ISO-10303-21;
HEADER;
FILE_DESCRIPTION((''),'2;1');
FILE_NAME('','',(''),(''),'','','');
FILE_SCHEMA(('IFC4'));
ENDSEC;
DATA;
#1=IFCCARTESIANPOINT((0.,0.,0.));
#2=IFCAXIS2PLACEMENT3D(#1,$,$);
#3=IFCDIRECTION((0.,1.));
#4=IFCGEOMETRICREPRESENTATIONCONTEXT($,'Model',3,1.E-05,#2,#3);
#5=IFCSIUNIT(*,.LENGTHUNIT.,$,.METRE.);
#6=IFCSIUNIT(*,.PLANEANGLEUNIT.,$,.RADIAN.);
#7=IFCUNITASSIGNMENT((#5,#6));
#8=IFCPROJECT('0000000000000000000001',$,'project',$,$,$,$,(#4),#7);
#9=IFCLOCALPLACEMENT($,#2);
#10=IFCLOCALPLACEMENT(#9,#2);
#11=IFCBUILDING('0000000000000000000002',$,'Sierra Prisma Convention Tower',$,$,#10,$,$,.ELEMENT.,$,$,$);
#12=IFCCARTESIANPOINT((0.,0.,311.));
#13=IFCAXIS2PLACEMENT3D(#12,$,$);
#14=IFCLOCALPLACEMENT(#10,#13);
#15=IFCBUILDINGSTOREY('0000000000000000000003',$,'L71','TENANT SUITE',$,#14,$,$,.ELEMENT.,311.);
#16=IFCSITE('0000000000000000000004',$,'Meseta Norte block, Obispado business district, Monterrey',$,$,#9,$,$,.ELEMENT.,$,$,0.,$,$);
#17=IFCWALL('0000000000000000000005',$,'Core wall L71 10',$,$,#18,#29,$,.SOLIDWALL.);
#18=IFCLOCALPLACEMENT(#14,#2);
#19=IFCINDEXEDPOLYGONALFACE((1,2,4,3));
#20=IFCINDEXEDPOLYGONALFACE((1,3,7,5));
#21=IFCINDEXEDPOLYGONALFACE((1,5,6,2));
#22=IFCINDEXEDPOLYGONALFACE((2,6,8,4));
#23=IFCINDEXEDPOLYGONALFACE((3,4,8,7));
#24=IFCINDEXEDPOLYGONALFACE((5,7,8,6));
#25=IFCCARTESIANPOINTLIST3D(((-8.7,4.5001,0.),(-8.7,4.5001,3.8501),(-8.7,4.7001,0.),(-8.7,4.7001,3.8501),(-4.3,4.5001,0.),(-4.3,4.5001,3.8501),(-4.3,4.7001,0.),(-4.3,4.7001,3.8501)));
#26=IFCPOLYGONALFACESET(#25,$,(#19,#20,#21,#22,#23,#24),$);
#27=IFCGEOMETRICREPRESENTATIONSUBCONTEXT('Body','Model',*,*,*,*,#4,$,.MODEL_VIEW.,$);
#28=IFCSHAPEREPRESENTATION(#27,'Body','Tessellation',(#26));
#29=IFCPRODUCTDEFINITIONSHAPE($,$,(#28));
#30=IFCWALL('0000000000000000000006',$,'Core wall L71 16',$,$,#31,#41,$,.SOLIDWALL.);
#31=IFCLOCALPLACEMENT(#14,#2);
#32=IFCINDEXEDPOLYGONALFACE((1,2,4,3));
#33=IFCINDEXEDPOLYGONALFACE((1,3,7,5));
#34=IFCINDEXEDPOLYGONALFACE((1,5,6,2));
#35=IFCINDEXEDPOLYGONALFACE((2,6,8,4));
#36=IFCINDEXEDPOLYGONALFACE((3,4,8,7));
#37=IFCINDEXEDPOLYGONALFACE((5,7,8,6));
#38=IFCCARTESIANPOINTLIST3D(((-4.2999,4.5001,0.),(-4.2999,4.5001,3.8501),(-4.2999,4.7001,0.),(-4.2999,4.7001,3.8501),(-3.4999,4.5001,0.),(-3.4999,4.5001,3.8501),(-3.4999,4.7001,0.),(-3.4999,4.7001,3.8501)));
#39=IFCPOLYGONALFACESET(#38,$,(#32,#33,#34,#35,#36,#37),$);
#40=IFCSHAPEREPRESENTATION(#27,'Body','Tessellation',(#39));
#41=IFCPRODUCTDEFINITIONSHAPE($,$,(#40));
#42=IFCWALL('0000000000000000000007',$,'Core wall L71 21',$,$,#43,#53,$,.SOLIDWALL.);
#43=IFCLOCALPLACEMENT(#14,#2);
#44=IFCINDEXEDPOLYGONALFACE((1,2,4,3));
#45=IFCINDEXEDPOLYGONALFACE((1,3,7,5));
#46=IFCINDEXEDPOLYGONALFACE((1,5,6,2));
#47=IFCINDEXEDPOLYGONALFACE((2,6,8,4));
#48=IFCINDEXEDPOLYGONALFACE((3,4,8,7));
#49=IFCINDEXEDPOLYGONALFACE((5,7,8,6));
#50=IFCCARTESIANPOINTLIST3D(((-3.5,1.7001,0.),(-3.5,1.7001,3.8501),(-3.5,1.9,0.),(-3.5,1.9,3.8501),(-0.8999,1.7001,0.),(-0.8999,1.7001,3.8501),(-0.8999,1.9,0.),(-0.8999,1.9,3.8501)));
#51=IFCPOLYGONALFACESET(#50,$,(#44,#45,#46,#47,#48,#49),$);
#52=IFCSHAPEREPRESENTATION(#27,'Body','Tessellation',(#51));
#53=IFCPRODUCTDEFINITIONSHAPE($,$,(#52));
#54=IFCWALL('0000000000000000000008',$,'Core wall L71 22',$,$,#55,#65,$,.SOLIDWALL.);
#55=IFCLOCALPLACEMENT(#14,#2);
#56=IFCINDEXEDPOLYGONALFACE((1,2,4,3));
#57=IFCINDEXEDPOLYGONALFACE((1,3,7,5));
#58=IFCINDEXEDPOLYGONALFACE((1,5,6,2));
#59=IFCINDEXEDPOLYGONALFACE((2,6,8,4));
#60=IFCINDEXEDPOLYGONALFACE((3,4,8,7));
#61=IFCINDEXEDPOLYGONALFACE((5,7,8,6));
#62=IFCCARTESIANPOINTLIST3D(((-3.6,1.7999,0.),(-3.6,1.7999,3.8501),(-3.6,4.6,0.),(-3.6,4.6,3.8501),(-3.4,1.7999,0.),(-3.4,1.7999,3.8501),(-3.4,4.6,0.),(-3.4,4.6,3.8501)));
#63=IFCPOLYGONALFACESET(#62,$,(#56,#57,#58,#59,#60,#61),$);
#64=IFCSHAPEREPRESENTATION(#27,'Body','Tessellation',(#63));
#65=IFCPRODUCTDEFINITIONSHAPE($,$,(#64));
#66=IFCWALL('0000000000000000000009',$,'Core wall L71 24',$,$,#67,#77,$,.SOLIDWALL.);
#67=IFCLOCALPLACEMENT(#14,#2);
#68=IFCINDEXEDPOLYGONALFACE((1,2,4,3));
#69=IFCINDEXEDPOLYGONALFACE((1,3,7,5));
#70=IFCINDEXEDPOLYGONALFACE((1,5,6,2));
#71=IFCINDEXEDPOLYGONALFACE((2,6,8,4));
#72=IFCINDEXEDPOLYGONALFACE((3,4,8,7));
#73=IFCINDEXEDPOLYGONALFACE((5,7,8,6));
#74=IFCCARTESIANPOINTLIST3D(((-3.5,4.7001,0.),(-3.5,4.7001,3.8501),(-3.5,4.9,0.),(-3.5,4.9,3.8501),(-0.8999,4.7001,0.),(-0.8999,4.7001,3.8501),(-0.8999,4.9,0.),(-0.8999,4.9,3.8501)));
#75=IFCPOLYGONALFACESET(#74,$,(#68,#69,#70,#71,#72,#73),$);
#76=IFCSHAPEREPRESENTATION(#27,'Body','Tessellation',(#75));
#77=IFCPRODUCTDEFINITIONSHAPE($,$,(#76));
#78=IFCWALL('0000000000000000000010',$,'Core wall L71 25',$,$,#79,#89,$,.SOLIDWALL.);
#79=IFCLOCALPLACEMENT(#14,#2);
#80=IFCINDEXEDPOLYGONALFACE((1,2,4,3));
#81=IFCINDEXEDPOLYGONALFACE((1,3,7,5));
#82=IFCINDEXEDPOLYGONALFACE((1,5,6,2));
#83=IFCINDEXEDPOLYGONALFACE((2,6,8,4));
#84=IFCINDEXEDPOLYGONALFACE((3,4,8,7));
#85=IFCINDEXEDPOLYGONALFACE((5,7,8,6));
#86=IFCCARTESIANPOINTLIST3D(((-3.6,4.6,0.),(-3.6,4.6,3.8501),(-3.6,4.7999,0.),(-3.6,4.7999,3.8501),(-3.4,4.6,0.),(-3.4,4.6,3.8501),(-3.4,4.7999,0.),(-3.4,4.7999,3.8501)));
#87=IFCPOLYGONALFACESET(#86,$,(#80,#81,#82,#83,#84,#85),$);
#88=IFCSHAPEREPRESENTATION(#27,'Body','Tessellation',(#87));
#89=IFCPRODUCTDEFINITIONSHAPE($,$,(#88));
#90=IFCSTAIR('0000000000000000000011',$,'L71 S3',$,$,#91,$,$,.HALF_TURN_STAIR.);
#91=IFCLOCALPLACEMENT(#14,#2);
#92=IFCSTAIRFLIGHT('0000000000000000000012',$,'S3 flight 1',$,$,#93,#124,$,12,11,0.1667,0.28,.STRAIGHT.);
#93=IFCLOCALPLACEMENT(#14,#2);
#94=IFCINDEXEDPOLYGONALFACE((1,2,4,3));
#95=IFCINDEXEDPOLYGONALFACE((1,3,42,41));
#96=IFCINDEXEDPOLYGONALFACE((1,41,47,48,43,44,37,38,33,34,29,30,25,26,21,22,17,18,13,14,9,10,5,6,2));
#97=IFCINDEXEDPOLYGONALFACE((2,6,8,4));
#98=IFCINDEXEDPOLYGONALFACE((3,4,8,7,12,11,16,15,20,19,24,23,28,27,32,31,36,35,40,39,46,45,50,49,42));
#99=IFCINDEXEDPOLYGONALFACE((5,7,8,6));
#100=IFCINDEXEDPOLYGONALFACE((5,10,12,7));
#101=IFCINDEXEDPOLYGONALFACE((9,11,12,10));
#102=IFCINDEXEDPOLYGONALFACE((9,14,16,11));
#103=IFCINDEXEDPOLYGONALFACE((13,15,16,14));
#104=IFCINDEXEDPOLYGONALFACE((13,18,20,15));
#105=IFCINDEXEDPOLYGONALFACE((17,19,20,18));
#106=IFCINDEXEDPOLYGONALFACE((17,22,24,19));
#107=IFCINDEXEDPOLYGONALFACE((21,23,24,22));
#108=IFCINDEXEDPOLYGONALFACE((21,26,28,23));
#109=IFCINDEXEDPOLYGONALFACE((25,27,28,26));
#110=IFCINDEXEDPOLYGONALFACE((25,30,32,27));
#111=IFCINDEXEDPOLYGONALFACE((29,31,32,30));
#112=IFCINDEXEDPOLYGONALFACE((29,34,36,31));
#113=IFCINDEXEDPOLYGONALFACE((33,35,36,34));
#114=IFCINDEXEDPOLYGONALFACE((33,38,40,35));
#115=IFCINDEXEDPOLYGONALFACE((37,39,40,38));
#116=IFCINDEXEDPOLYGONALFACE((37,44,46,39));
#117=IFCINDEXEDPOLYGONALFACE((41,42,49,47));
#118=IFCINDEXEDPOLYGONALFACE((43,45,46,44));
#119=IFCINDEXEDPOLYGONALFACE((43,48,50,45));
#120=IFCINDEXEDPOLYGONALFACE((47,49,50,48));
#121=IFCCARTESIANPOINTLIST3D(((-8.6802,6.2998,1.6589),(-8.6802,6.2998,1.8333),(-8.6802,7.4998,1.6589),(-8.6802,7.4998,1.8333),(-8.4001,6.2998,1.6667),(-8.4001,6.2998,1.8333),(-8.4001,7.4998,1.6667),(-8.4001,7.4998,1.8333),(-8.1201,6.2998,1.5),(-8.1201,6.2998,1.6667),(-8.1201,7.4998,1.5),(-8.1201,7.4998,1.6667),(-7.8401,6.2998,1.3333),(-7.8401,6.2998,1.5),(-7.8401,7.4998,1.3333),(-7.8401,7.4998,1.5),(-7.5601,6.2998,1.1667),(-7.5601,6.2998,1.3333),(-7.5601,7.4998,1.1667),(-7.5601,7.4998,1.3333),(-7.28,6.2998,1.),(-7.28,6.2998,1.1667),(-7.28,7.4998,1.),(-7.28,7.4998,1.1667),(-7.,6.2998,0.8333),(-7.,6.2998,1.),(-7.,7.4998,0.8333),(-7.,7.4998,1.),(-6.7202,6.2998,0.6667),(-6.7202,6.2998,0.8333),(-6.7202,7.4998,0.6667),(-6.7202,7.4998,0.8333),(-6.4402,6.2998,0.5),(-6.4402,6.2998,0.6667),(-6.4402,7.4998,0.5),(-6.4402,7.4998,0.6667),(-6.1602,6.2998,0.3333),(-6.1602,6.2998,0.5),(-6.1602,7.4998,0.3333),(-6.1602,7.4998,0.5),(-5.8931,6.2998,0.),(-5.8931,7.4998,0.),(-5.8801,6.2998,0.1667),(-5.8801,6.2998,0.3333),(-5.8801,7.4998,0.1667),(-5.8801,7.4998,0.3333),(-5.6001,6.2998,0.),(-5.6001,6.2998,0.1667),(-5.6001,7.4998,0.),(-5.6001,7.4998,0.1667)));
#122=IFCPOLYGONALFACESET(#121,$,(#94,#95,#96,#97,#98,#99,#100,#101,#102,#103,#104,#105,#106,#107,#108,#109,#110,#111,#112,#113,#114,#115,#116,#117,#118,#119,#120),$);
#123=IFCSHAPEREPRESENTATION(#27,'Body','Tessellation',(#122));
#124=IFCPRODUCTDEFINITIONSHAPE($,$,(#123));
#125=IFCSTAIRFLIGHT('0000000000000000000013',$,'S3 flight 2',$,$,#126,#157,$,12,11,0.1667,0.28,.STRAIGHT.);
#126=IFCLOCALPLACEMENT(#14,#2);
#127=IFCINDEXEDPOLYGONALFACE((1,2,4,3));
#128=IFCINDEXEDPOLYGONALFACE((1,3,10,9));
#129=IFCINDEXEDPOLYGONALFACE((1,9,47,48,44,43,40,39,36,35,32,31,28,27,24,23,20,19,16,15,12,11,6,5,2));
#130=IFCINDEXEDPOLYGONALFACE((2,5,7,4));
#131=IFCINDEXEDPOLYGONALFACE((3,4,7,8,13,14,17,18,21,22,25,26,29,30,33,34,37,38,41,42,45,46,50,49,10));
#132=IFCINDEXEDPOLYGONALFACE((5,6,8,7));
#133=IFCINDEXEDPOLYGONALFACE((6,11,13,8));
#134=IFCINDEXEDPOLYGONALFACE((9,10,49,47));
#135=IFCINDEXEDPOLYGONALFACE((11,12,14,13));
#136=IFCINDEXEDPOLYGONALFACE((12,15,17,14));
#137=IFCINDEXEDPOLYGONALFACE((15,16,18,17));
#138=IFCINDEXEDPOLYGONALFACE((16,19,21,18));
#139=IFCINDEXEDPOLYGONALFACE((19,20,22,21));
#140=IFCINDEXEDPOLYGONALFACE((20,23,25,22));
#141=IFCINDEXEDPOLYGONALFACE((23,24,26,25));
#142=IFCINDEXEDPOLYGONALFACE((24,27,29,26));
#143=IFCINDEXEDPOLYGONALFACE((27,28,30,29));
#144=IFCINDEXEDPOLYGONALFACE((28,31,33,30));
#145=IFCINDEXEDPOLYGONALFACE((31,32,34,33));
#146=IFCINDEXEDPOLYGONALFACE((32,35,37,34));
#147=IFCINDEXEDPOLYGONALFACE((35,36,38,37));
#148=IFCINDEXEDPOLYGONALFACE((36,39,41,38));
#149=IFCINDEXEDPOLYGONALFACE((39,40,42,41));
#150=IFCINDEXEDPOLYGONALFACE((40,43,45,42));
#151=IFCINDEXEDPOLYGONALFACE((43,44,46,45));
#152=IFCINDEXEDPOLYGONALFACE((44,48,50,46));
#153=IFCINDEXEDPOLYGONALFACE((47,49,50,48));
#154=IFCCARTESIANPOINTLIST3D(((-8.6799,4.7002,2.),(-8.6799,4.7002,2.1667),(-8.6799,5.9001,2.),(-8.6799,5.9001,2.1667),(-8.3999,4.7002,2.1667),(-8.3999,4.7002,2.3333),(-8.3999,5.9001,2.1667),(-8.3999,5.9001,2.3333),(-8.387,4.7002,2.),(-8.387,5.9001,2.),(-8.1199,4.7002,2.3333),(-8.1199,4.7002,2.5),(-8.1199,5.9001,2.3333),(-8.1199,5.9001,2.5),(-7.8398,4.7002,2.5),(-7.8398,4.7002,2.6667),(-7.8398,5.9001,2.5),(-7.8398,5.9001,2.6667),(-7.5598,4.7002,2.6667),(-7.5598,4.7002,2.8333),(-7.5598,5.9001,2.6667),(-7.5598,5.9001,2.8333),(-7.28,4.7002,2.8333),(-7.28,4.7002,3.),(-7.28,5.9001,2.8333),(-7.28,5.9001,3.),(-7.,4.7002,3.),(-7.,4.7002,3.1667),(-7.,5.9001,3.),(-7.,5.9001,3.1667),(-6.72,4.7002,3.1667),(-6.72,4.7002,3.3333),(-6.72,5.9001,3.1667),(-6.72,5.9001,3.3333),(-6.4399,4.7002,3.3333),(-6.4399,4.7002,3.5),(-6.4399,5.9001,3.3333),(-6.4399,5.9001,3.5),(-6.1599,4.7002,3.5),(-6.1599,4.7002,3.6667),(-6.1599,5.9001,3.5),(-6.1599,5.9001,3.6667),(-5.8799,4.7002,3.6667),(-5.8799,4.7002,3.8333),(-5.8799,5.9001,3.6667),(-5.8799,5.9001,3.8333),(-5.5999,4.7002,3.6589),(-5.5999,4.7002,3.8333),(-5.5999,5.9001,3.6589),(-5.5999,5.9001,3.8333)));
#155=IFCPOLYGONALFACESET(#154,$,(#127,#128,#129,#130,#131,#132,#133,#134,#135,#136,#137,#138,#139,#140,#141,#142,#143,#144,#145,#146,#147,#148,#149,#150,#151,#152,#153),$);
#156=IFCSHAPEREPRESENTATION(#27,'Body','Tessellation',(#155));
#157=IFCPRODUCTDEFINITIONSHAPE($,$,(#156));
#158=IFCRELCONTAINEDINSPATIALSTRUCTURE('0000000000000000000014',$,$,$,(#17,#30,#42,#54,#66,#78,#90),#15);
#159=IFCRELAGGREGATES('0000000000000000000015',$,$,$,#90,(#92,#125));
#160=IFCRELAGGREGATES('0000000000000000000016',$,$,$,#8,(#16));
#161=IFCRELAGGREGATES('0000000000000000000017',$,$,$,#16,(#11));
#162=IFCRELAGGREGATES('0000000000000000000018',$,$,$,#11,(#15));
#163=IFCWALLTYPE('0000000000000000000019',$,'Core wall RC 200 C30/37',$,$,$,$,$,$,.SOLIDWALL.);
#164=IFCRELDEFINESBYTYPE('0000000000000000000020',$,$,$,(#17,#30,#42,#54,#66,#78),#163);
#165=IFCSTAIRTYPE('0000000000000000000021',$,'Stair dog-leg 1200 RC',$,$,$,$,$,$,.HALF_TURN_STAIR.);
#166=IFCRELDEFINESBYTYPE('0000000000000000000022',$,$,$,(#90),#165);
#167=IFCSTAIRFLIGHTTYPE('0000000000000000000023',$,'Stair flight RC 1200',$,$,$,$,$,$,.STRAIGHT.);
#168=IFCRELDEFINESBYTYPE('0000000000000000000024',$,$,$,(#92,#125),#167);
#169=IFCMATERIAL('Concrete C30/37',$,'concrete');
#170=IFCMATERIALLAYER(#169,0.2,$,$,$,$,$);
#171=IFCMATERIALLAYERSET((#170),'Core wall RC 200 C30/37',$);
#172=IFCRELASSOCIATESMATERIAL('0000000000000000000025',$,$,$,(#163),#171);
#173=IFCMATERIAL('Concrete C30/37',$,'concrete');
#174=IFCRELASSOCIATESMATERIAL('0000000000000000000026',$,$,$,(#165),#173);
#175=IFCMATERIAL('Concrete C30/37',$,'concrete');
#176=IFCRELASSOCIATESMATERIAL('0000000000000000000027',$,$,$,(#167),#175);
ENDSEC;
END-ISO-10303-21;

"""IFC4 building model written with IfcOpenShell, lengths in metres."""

from ifc_helpers import new_model, si_unit, direction, frame, frame_2d, origin, place, context, subcontext, project, spatial, polyline, rectangle, outline, extrude, material, layer, layer_set, type_object, element, aggregate, save


model = new_model("IFC4")

# Units and contexts
model_context = context("Model", 3, precision=1e-05, world=origin(), true_north=direction((0.0, 1.0)))
body_context = subcontext(model_context, "Body", "Model", "MODEL_VIEW")
ifc_project = project(units=[si_unit("LENGTHUNIT", "METRE"), si_unit("PLANEANGLEUNIT", "RADIAN")], contexts=[model_context])

# Site, building, storey
site_placement = place(None, origin())
site = spatial("IfcSite", under=ifc_project, at=site_placement, Name="Meseta Norte block, Obispado business district, Monterrey", CompositionType="ELEMENT", RefElevation=0.0)
building_placement = place(site_placement, origin())
building = spatial("IfcBuilding", under=site, at=building_placement, Name="Sierra Prisma Convention Tower", CompositionType="ELEMENT")
storey_placement = place(building_placement, frame((0.0, 0.0, 311.0)))
storey = spatial("IfcBuildingStorey", under=building, at=storey_placement, Name="L71", Description="TENANT SUITE", CompositionType="ELEMENT", Elevation=311.0)

# Wall
ifc_material_1 = material(Name="Concrete C30/37", Category="concrete")
ifc_layer_1 = layer(ifc_material_1, 0.2)
ifc_layer_set_1 = layer_set([ifc_layer_1], Name="Core wall RC 200 C30/37")
wall_type = type_object("IfcWallType", Name="Core wall RC 200 C30/37", PredefinedType="SOLIDWALL", material=ifc_layer_set_1)
wall_1_placement = place(storey_placement, frame((-4.3, 4.6001, 0.0), z_axis=(0.0, 0.0, 1.0), x_axis=(-1.0, 0.0, 0.0)))
element("IfcWall", 1, at=wall_1_placement, inside=storey, type_object=wall_type, Name="Core wall L71 10", PredefinedType="SOLIDWALL", context=body_context, shape_type="SweptSolid", body=[
    extrude(rectangle(XDim=4.3999, YDim=0.2, at=frame_2d((2.2, 0.0))), origin(), (0.0, 0.0, 1.0), 3.8501),
])

# Wall
wall_2_placement = place(storey_placement, frame((-3.5, 4.6001, 0.0), z_axis=(0.0, 0.0, 1.0), x_axis=(-1.0, 0.0, 0.0)))
element("IfcWall", 2, at=wall_2_placement, inside=storey, type_object=wall_type, Name="Core wall L71 16", PredefinedType="SOLIDWALL", context=body_context, shape_type="SweptSolid", body=[
    extrude(rectangle(XDim=0.8, YDim=0.2, at=frame_2d((0.3999, 0.0))), origin(), (0.0, 0.0, 1.0), 3.8501),
])

# Walls
wall_3_placement = place(storey_placement, frame((-0.8999, 1.8, 0.0), z_axis=(0.0, 0.0, 1.0), x_axis=(-1.0, 0.0, 0.0)))
element("IfcWall", 3, at=wall_3_placement, inside=storey, type_object=wall_type, Name="Core wall L71 21", PredefinedType="SOLIDWALL", context=body_context, shape_type="SweptSolid", body=[
    extrude(rectangle(XDim=2.6001, YDim=0.2, at=frame_2d((1.3, 0.0))), origin(), (0.0, 0.0, 1.0), 3.8501),
])
wall_4_placement = place(storey_placement, frame((-3.5, 1.8, 0.0), z_axis=(0.0, 0.0, 1.0), x_axis=(0.0, 1.0, 0.0)))
element("IfcWall", 4, at=wall_4_placement, inside=storey, type_object=wall_type, Name="Core wall L71 22", PredefinedType="SOLIDWALL", context=body_context, shape_type="SweptSolid", body=[
    extrude(rectangle(XDim=2.8, YDim=0.2, at=frame_2d((1.3999, 0.0))), origin(), (0.0, 0.0, 1.0), 3.8501),
])

# Walls
wall_5_placement = place(storey_placement, frame((-0.8999, 4.8, 0.0), z_axis=(0.0, 0.0, 1.0), x_axis=(-1.0, 0.0, 0.0)))
element("IfcWall", 5, at=wall_5_placement, inside=storey, type_object=wall_type, Name="Core wall L71 24", PredefinedType="SOLIDWALL", context=body_context, shape_type="SweptSolid", body=[
    extrude(rectangle(XDim=2.6001, YDim=0.2, at=frame_2d((1.3, 0.0))), origin(), (0.0, 0.0, 1.0), 3.8501),
])
wall_6_placement = place(storey_placement, frame((-3.5, 4.8, 0.0), z_axis=(0.0, 0.0, 1.0), x_axis=(0.0, -1.0, 0.0)))
element("IfcWall", 6, at=wall_6_placement, inside=storey, type_object=wall_type, Name="Core wall L71 25", PredefinedType="SOLIDWALL", context=body_context, shape_type="SweptSolid", body=[
    extrude(rectangle(XDim=0.2, YDim=0.2, at=frame_2d((0.1001, 0.0))), origin(), (0.0, 0.0, 1.0), 3.8501),
])

# Stair, stair flights
ifc_material_2 = material(Name="Concrete C30/37", Category="concrete")
stair_type = type_object("IfcStairType", Name="Stair dog-leg 1200 RC", PredefinedType="HALF_TURN_STAIR", material=ifc_material_2)
stair_placement = place(storey_placement, origin())
stair = element("IfcStair", 7, at=stair_placement, inside=storey, type_object=stair_type, Name="L71 S3", PredefinedType="HALF_TURN_STAIR")
ifc_material_3 = material(Name="Concrete C30/37", Category="concrete")
stair_flight_type = type_object("IfcStairFlightType", Name="Stair flight RC 1200", PredefinedType="STRAIGHT", material=ifc_material_3)
stair_flight_1_placement = place(storey_placement, frame((-5.6001, 6.8999, 0.0), z_axis=(0.0, 0.0, 1.0), x_axis=(-1.0, 0.0, 0.0)))
stair_flight_1 = element("IfcStairFlight", 8, at=stair_flight_1_placement, type_object=stair_flight_type, Name="S3 flight 1", NumberOfRisers=12, NumberOfTreads=11, PredefinedType="STRAIGHT", RiserHeight=0.1667, TreadLength=0.28, context=body_context, shape_type="SweptSolid", body=[
    extrude(outline(polyline([(0.0, 0.0), (0.0, 0.1667), (0.28, 0.1667), (0.28, 0.3333), (0.5601, 0.3333), (0.5601, 0.5), (0.8401, 0.5), (0.8401, 0.6667), (1.1201, 0.6667), (1.1201, 0.8333), (1.3999, 0.8333), (1.3999, 1.0), (1.6799, 1.0), (1.6799, 1.1667), (1.96, 1.1667), (1.96, 1.3333), (2.24, 1.3333), (2.24, 1.5), (2.52, 1.5), (2.52, 1.6667), (2.8, 1.6667), (2.8, 1.8333), (3.0801, 1.8333), (3.0801, 2.0), (3.0801, 1.6589), (0.293, 0.0), (0.0, 0.0)])), frame((0.0, 0.6001, 0.0), z_axis=(0.0, -1.0, 0.0), x_axis=(1.0, 0.0, 0.0)), (0.0, 0.0, 1.0), 1.2),
])
stair_flight_2_placement = place(storey_placement, frame((-8.6799, 5.3, 2.0), z_axis=(0.0, 0.0, 1.0), x_axis=(1.0, 0.0, 0.0)))
stair_flight_2 = element("IfcStairFlight", 9, at=stair_flight_2_placement, type_object=stair_flight_type, Name="S3 flight 2", NumberOfRisers=12, NumberOfTreads=11, PredefinedType="STRAIGHT", RiserHeight=0.1667, TreadLength=0.28, context=body_context, shape_type="SweptSolid", body=[
    extrude(outline(polyline([(0.0, 0.0), (0.0, 0.1667), (0.28, 0.1667), (0.28, 0.3333), (0.5601, 0.3333), (0.5601, 0.5), (0.8401, 0.5), (0.8401, 0.6667), (1.1201, 0.6667), (1.1201, 0.8333), (1.3999, 0.8333), (1.3999, 1.0), (1.6799, 1.0), (1.6799, 1.1667), (1.96, 1.1667), (1.96, 1.3333), (2.24, 1.3333), (2.24, 1.5), (2.52, 1.5), (2.52, 1.6667), (2.8, 1.6667), (2.8, 1.8333), (3.0801, 1.8333), (3.0801, 2.0), (3.0801, 1.6589), (0.293, 0.0), (0.0, 0.0)])), frame((0.0, 0.6001, 0.0), z_axis=(0.0, -1.0, 0.0), x_axis=(1.0, 0.0, 0.0)), (0.0, 0.0, 1.0), 1.2),
])
aggregate(stair, [stair_flight_1, stair_flight_2])

save(model, "model.ifc")
